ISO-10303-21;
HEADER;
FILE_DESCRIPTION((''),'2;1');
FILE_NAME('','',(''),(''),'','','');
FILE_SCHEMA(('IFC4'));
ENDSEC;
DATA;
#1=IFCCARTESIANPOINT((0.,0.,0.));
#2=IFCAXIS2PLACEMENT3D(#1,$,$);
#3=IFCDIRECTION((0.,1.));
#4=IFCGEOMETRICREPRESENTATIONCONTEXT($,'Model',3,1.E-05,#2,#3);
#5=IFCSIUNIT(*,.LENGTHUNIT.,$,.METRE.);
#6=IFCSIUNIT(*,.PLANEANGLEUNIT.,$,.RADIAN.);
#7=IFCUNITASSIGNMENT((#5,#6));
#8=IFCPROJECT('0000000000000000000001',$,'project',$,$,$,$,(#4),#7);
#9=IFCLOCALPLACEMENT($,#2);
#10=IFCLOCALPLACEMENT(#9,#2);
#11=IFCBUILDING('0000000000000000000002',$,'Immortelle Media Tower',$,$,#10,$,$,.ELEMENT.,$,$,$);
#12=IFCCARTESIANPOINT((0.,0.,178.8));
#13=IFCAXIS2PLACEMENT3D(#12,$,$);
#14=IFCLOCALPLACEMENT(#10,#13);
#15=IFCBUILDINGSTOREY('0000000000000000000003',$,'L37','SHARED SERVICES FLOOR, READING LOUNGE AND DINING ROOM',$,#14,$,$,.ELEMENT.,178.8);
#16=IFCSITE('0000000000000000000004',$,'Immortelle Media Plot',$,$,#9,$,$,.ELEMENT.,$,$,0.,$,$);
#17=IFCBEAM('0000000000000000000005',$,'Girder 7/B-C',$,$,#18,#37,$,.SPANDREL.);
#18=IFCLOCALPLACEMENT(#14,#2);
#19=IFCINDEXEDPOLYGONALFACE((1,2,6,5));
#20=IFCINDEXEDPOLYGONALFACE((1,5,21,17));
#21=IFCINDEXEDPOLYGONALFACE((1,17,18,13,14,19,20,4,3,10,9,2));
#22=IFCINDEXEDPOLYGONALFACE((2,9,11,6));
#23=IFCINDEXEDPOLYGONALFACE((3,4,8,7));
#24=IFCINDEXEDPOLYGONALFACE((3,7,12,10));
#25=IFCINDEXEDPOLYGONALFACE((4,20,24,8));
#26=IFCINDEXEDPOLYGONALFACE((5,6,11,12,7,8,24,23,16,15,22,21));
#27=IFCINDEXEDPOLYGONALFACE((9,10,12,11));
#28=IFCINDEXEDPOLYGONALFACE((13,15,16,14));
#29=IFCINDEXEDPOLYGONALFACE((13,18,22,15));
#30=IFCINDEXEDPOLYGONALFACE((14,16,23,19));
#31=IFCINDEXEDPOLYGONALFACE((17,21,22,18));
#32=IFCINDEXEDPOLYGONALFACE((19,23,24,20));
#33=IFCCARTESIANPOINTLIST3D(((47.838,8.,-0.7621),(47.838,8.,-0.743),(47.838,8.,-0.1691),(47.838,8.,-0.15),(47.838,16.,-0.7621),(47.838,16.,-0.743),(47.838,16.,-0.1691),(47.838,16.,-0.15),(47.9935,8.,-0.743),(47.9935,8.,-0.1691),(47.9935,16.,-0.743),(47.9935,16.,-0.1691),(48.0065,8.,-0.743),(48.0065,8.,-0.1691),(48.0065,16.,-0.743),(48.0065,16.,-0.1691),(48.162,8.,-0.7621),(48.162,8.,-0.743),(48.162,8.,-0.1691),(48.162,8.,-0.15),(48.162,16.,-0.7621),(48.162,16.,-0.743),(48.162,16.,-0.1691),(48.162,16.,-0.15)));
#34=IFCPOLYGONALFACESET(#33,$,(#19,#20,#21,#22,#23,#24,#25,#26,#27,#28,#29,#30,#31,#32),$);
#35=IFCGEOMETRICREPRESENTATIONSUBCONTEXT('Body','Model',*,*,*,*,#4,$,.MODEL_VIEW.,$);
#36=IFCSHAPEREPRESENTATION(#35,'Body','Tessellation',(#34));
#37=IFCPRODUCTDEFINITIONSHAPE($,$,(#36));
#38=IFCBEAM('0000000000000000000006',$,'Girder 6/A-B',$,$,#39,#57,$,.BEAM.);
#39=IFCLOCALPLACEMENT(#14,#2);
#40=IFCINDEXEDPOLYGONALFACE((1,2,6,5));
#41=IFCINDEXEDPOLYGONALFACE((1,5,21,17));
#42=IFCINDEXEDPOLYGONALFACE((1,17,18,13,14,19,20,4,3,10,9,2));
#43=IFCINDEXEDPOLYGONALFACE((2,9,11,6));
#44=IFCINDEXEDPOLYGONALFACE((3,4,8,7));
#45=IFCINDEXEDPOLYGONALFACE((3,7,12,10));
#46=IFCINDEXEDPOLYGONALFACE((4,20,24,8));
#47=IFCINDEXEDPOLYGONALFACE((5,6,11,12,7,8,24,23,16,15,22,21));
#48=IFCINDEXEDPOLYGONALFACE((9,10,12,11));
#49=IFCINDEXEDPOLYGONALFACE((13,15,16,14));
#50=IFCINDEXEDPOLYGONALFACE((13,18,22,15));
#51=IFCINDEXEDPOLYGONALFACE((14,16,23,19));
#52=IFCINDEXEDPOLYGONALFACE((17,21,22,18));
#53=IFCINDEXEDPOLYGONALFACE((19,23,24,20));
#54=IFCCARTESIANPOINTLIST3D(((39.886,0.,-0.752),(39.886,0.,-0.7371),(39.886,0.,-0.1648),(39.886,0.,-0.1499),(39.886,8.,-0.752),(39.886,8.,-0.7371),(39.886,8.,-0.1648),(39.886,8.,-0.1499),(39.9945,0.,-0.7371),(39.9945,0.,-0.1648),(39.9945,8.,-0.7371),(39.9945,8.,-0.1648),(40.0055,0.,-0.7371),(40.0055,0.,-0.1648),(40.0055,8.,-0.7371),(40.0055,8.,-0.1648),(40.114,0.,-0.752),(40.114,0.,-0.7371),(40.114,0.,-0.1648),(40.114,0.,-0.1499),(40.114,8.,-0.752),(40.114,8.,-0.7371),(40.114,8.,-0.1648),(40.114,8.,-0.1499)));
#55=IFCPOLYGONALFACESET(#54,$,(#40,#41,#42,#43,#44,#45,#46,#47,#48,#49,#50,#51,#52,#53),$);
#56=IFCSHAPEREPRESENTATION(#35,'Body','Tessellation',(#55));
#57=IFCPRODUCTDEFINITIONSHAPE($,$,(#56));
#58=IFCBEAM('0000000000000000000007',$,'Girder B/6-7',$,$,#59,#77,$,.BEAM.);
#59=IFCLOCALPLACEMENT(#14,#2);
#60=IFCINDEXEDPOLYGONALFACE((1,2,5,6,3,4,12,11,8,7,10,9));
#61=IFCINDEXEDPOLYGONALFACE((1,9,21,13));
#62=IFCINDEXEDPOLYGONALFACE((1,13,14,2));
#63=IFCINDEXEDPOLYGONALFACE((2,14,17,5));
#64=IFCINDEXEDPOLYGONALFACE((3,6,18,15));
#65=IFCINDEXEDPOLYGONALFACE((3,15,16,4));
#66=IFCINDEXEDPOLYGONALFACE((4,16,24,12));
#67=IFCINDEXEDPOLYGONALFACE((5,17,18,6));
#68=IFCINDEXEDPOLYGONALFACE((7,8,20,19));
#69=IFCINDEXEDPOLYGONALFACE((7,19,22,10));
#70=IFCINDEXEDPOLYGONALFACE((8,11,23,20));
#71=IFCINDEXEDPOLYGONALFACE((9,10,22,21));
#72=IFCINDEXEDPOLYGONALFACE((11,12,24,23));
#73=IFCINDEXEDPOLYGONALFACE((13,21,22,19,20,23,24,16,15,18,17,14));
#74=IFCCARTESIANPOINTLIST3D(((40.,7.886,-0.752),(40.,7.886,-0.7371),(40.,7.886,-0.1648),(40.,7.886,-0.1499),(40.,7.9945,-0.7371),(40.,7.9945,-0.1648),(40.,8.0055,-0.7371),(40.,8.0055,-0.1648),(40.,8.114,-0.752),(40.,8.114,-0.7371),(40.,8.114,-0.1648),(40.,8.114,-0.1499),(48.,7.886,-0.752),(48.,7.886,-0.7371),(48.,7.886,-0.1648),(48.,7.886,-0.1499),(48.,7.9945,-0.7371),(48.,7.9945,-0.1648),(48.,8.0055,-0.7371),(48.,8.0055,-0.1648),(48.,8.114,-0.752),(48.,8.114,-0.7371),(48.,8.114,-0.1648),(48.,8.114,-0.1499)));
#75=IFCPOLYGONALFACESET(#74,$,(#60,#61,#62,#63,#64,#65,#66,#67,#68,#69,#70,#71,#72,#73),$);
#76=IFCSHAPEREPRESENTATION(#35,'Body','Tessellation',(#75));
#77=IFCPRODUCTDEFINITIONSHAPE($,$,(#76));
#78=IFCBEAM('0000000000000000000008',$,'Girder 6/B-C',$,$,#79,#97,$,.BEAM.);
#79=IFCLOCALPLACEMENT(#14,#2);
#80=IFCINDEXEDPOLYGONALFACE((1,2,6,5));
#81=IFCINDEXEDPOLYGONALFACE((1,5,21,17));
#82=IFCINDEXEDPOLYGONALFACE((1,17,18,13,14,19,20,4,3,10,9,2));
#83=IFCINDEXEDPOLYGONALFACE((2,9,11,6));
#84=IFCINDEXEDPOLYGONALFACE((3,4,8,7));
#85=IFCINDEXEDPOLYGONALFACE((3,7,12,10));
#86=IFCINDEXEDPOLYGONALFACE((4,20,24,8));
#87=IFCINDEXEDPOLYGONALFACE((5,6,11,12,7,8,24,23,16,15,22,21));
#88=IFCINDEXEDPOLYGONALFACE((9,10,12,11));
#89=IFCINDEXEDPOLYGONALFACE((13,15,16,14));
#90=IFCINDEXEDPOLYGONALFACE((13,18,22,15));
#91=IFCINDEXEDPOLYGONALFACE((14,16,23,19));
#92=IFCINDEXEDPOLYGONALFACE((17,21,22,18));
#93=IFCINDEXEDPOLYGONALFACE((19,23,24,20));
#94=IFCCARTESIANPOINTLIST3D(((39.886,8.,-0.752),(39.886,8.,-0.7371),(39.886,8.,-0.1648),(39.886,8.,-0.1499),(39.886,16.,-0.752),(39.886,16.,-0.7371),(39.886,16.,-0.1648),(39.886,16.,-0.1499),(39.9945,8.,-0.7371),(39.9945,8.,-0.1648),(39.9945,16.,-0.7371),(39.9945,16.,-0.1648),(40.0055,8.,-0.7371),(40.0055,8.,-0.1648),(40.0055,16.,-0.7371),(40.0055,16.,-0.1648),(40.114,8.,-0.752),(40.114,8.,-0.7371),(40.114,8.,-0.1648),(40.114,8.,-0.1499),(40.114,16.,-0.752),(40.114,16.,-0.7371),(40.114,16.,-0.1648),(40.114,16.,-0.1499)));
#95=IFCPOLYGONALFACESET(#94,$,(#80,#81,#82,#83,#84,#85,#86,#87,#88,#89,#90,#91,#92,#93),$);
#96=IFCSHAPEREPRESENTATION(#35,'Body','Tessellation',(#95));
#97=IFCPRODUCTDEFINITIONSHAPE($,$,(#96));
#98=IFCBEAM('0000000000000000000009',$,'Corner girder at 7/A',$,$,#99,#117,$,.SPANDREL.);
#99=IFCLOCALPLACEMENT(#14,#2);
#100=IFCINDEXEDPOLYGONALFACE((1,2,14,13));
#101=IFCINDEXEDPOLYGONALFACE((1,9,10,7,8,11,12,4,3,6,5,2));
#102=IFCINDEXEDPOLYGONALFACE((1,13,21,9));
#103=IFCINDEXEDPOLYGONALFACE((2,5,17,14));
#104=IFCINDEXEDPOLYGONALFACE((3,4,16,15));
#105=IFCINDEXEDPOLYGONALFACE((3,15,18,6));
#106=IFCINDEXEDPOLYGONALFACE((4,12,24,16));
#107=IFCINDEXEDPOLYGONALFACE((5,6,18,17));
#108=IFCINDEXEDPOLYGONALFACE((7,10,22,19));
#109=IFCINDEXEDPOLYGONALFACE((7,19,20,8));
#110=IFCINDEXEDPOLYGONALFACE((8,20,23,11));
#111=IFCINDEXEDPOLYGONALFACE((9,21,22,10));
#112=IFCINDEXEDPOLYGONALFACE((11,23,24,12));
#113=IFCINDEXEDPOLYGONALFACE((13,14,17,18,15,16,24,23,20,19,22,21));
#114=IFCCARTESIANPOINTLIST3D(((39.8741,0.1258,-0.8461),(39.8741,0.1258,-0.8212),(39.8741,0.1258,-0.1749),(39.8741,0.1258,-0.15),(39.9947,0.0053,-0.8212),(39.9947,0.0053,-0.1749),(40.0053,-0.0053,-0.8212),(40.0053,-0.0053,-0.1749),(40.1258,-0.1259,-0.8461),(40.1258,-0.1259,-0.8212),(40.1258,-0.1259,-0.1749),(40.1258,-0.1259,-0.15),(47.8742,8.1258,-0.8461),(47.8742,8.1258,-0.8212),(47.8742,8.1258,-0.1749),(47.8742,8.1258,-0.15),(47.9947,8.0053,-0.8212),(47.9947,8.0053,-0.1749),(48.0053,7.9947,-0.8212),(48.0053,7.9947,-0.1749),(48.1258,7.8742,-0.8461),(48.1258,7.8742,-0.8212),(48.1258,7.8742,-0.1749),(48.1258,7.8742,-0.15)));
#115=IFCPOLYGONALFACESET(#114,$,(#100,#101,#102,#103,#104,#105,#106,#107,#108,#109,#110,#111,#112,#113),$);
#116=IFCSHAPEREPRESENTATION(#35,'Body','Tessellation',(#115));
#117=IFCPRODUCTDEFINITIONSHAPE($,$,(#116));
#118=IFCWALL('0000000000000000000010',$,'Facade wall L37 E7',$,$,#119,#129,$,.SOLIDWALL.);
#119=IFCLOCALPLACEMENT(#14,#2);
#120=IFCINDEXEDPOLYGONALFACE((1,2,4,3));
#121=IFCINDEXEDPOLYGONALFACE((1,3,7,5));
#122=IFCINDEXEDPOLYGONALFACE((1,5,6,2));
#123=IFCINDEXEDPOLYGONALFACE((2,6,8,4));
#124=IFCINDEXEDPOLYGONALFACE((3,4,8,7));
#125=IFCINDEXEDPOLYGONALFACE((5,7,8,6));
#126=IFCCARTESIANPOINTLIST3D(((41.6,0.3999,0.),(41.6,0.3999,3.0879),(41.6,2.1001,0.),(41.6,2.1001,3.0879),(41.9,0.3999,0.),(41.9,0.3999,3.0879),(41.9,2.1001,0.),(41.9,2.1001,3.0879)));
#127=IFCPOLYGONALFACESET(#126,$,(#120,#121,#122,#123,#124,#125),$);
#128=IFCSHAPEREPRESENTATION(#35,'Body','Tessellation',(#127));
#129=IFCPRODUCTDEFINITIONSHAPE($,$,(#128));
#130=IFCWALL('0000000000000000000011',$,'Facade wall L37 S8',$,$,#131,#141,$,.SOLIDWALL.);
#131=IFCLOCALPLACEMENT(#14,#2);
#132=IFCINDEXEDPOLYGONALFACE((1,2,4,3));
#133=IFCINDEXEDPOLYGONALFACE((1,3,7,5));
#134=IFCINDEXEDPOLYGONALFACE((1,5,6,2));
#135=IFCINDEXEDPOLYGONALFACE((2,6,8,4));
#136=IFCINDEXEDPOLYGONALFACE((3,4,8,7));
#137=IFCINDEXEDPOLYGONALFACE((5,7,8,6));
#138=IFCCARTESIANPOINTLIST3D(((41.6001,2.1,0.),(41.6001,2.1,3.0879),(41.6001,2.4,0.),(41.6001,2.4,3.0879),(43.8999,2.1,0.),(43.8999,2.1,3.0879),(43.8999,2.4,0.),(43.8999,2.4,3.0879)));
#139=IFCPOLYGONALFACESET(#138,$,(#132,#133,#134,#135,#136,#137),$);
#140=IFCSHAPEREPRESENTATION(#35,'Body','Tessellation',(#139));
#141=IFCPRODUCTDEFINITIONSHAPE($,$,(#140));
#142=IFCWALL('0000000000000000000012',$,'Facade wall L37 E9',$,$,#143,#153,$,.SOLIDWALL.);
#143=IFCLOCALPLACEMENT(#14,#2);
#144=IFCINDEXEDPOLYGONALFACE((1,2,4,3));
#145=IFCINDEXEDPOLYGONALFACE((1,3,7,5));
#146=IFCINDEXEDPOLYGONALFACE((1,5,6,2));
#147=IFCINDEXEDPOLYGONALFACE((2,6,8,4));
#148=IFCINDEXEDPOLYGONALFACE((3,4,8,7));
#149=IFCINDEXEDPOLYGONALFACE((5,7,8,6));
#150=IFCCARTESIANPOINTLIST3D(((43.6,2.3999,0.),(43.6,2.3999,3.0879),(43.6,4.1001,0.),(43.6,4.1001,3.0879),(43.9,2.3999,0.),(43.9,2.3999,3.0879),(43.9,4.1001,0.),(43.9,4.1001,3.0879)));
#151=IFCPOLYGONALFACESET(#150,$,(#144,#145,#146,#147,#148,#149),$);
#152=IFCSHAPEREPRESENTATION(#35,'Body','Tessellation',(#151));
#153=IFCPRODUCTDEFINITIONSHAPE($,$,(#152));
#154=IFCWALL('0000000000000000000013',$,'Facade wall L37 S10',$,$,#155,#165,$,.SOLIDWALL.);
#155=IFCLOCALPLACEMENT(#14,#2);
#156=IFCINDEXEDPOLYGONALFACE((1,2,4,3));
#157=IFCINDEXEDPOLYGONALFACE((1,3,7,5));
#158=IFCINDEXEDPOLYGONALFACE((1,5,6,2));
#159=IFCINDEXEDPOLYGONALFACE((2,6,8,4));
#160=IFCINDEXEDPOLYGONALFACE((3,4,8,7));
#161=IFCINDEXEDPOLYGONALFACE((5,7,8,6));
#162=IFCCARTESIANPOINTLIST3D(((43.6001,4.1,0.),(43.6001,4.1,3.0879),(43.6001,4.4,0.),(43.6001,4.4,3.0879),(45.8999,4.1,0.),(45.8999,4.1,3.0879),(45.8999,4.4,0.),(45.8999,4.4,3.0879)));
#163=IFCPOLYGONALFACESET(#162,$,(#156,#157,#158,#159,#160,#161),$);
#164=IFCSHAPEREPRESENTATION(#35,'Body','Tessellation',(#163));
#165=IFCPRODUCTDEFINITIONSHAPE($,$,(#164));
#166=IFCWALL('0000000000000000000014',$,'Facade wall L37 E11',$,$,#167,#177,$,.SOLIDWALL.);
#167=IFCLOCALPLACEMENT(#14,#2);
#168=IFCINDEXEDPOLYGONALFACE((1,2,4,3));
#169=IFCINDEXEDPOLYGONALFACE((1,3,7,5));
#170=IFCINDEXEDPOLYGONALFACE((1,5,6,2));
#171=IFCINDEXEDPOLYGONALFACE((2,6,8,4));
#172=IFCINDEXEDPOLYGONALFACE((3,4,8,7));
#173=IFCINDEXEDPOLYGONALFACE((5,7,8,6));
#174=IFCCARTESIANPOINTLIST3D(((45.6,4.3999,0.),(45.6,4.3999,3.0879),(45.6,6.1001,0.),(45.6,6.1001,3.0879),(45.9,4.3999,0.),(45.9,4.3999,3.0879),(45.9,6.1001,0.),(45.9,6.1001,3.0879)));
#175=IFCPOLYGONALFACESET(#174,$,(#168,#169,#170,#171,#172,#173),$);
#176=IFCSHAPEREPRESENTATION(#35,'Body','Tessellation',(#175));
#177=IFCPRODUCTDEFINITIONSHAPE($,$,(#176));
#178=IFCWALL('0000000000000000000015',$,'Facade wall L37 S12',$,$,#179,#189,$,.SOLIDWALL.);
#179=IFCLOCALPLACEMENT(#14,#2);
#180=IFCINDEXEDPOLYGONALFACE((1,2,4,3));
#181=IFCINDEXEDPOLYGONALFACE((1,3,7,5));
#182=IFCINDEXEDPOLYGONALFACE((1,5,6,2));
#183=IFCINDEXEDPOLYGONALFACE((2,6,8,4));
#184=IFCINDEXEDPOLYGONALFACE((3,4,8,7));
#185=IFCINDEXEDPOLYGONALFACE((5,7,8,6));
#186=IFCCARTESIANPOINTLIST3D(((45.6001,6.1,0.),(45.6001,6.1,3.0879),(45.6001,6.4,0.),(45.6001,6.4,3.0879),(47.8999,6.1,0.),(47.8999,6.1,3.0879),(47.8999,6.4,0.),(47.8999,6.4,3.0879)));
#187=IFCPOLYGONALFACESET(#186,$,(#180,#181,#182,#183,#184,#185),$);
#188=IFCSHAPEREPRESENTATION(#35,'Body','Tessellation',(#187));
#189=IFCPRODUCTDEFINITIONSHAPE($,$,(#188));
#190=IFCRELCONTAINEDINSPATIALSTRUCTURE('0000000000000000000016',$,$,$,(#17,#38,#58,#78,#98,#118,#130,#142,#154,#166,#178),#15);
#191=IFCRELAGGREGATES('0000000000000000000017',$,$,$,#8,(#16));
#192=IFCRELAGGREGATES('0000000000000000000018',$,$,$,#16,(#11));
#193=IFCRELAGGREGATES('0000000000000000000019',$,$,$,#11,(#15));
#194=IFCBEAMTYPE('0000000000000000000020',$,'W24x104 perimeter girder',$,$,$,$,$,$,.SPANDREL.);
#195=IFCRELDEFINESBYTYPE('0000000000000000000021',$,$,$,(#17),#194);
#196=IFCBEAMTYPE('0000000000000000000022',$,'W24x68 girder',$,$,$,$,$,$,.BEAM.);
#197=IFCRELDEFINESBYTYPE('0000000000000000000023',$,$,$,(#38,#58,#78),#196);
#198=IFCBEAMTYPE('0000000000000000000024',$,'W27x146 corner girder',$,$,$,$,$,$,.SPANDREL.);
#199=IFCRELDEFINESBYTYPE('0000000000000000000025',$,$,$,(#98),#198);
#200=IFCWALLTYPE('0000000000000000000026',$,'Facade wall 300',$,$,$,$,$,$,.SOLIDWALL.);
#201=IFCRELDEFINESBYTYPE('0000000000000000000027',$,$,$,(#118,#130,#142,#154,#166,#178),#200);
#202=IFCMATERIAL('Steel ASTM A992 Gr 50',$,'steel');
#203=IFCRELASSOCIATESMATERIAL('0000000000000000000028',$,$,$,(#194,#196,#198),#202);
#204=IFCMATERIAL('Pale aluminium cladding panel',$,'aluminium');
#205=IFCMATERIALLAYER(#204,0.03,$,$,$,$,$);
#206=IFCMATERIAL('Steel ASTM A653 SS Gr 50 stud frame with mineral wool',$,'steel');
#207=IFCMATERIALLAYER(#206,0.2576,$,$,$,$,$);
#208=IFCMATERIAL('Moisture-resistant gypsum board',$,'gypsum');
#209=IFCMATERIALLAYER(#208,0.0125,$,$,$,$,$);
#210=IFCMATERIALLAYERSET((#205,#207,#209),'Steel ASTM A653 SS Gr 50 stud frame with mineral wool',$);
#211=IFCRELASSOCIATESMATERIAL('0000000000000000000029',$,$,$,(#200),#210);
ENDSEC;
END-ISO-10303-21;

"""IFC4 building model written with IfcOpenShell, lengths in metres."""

from ifc_helpers import new_model, si_unit, direction, frame, frame_2d, origin, origin_2d, place, context, subcontext, project, spatial, rectangle, i_section, extrude, material, layer, layer_set, material_profile, profile_set, type_object, element, save


model = new_model("IFC4")

# Units and contexts
model_context = context("Model", 3, precision=1e-05, world=origin(), true_north=direction((0.0, 1.0)))
body_context = subcontext(model_context, "Body", "Model", "MODEL_VIEW")
ifc_project = project(units=[si_unit("LENGTHUNIT", "METRE"), si_unit("PLANEANGLEUNIT", "RADIAN")], contexts=[model_context])

# Site, building, storey
site_placement = place(None, origin())
site = spatial("IfcSite", under=ifc_project, at=site_placement, Name="Immortelle Media Plot", CompositionType="ELEMENT", RefElevation=0.0)
building_placement = place(site_placement, origin())
building = spatial("IfcBuilding", under=site, at=building_placement, Name="Immortelle Media Tower", CompositionType="ELEMENT")
storey_placement = place(building_placement, frame((0.0, 0.0, 178.8)))
storey = spatial("IfcBuildingStorey", under=building, at=storey_placement, Name="L37", Description="SHARED SERVICES FLOOR, READING LOUNGE AND DINING ROOM", CompositionType="ELEMENT", Elevation=178.8)

# Shared definitions
ifc_material_1 = material(Name="Steel ASTM A992 Gr 50", Category="steel")

# Beams
ifc_material_profile_1 = material_profile(ifc_material_1, i_section(OverallWidth=0.324, OverallDepth=0.6121, WebThickness=0.0129, FlangeThickness=0.019, at=origin_2d()), Name="W24x104")
ifc_profile_set_1 = profile_set([ifc_material_profile_1], Name="Steel ASTM A992 Gr 50")
beam_type_1 = type_object("IfcBeamType", Name="W24x104 perimeter girder", PredefinedType="SPANDREL", material=ifc_profile_set_1)
beam_1_placement = place(storey_placement, frame((48.0, 8.0, -0.4561), z_axis=(0.0, 1.0, 0.0), x_axis=(-1.0, 0.0, 0.0)))
element("IfcBeam", 1, at=beam_1_placement, inside=storey, type_object=beam_type_1, Name="Girder 7/B-C", PredefinedType="SPANDREL", context=body_context, shape_type="SweptSolid", body=[
    extrude(i_section(OverallWidth=0.324, OverallDepth=0.6121, WebThickness=0.0129, FlangeThickness=0.019, at=origin_2d()), origin(), (0.0, 0.0, 1.0), 8.0),
])
ifc_material_profile_2 = material_profile(ifc_material_1, i_section(OverallWidth=0.228, OverallDepth=0.6021, WebThickness=0.011, FlangeThickness=0.0149, at=origin_2d()), Name="W24x68")
ifc_profile_set_2 = profile_set([ifc_material_profile_2], Name="Steel ASTM A992 Gr 50")
beam_type_2 = type_object("IfcBeamType", Name="W24x68 girder", PredefinedType="BEAM", material=ifc_profile_set_2)
for number, where, z_axis, x_axis, name in (
    (2, (40.0, 0.0, -0.4509), (0.0, 1.0, 0.0), (-1.0, 0.0, 0.0), "Girder 6/A-B"),
    (3, (40.0, 8.0, -0.4509), (1.0, 0.0, 0.0), (0.0, 1.0, 0.0), "Girder B/6-7"),
    (4, (40.0, 8.0, -0.4509), (0.0, 1.0, 0.0), (-1.0, 0.0, 0.0), "Girder 6/B-C"),
):
    element("IfcBeam", number, at=place(storey_placement, frame(where, z_axis=z_axis, x_axis=x_axis)), inside=storey, type_object=beam_type_2, Name=name, PredefinedType="BEAM", context=body_context, shape_type="SweptSolid", body=[
        extrude(i_section(OverallWidth=0.228, OverallDepth=0.6021, WebThickness=0.011, FlangeThickness=0.0149, at=origin_2d()), origin(), (0.0, 0.0, 1.0), 8.0),
    ])
ifc_material_profile_3 = material_profile(ifc_material_1, i_section(OverallWidth=0.356, OverallDepth=0.696, WebThickness=0.0149, FlangeThickness=0.0249, at=origin_2d()), Name="W27x146")
ifc_profile_set_3 = profile_set([ifc_material_profile_3], Name="Steel ASTM A992 Gr 50")
beam_type_3 = type_object("IfcBeamType", Name="W27x146 corner girder", PredefinedType="SPANDREL", material=ifc_profile_set_3)
beam_2_placement = place(storey_placement, frame((48.0, 8.0, -0.498), z_axis=(-0.707107, -0.707107, 0.0), x_axis=(0.707107, -0.707107, 0.0)))
element("IfcBeam", 5, at=beam_2_placement, inside=storey, type_object=beam_type_3, Name="Corner girder at 7/A", PredefinedType="SPANDREL", context=body_context, shape_type="SweptSolid", body=[
    extrude(i_section(OverallWidth=0.356, OverallDepth=0.696, WebThickness=0.0149, FlangeThickness=0.0249, at=origin_2d()), origin(), (0.0, 0.0, 1.0), 11.3137),
])

# Walls
ifc_material_2 = material(Name="Pale aluminium cladding panel", Category="aluminium")
ifc_layer_1 = layer(ifc_material_2, 0.03)
ifc_material_3 = material(Name="Steel ASTM A653 SS Gr 50 stud frame with mineral wool", Category="steel")
ifc_layer_2 = layer(ifc_material_3, 0.2576)
ifc_material_4 = material(Name="Moisture-resistant gypsum board", Category="gypsum")
ifc_layer_3 = layer(ifc_material_4, 0.0125)
ifc_layer_set_1 = layer_set([ifc_layer_1, ifc_layer_2, ifc_layer_3], Name="Steel ASTM A653 SS Gr 50 stud frame with mineral wool")
wall_type = type_object("IfcWallType", Name="Facade wall 300", PredefinedType="SOLIDWALL", material=ifc_layer_set_1)
wall_1_placement = place(storey_placement, frame((41.75, 0.3999, 0.0), z_axis=(0.0, 0.0, 1.0), x_axis=(0.0, 1.0, 0.0)))
element("IfcWall", 6, at=wall_1_placement, inside=storey, type_object=wall_type, Name="Facade wall L37 E7", PredefinedType="SOLIDWALL", context=body_context, shape_type="SweptSolid", body=[
    extrude(rectangle(XDim=1.7002, YDim=0.3, at=frame_2d((0.8501, 0.0))), origin(), (0.0, 0.0, 1.0), 3.0879),
])
wall_2_placement = place(storey_placement, frame((41.6001, 2.25, 0.0), z_axis=(0.0, 0.0, 1.0), x_axis=(1.0, 0.0, 0.0)))
element("IfcWall", 7, at=wall_2_placement, inside=storey, type_object=wall_type, Name="Facade wall L37 S8", PredefinedType="SOLIDWALL", context=body_context, shape_type="SweptSolid", body=[
    extrude(rectangle(XDim=2.2998, YDim=0.3, at=frame_2d((1.1499, 0.0))), origin(), (0.0, 0.0, 1.0), 3.0879),
])
wall_3_placement = place(storey_placement, frame((43.75, 2.3999, 0.0), z_axis=(0.0, 0.0, 1.0), x_axis=(0.0, 1.0, 0.0)))
element("IfcWall", 8, at=wall_3_placement, inside=storey, type_object=wall_type, Name="Facade wall L37 E9", PredefinedType="SOLIDWALL", context=body_context, shape_type="SweptSolid", body=[
    extrude(rectangle(XDim=1.7002, YDim=0.3, at=frame_2d((0.8501, 0.0))), origin(), (0.0, 0.0, 1.0), 3.0879),
])
wall_4_placement = place(storey_placement, frame((43.6001, 4.25, 0.0), z_axis=(0.0, 0.0, 1.0), x_axis=(1.0, 0.0, 0.0)))
element("IfcWall", 9, at=wall_4_placement, inside=storey, type_object=wall_type, Name="Facade wall L37 S10", PredefinedType="SOLIDWALL", context=body_context, shape_type="SweptSolid", body=[
    extrude(rectangle(XDim=2.2998, YDim=0.3, at=frame_2d((1.1499, 0.0))), origin(), (0.0, 0.0, 1.0), 3.0879),
])
wall_5_placement = place(storey_placement, frame((45.75, 4.3999, 0.0), z_axis=(0.0, 0.0, 1.0), x_axis=(0.0, 1.0, 0.0)))
element("IfcWall", 10, at=wall_5_placement, inside=storey, type_object=wall_type, Name="Facade wall L37 E11", PredefinedType="SOLIDWALL", context=body_context, shape_type="SweptSolid", body=[
    extrude(rectangle(XDim=1.7002, YDim=0.3, at=frame_2d((0.8501, 0.0))), origin(), (0.0, 0.0, 1.0), 3.0879),
])
wall_6_placement = place(storey_placement, frame((45.6001, 6.25, 0.0), z_axis=(0.0, 0.0, 1.0), x_axis=(1.0, 0.0, 0.0)))
element("IfcWall", 11, at=wall_6_placement, inside=storey, type_object=wall_type, Name="Facade wall L37 S12", PredefinedType="SOLIDWALL", context=body_context, shape_type="SweptSolid", body=[
    extrude(rectangle(XDim=2.2998, YDim=0.3, at=frame_2d((1.1499, 0.0))), origin(), (0.0, 0.0, 1.0), 3.0879),
])

save(model, "model.ifc")
